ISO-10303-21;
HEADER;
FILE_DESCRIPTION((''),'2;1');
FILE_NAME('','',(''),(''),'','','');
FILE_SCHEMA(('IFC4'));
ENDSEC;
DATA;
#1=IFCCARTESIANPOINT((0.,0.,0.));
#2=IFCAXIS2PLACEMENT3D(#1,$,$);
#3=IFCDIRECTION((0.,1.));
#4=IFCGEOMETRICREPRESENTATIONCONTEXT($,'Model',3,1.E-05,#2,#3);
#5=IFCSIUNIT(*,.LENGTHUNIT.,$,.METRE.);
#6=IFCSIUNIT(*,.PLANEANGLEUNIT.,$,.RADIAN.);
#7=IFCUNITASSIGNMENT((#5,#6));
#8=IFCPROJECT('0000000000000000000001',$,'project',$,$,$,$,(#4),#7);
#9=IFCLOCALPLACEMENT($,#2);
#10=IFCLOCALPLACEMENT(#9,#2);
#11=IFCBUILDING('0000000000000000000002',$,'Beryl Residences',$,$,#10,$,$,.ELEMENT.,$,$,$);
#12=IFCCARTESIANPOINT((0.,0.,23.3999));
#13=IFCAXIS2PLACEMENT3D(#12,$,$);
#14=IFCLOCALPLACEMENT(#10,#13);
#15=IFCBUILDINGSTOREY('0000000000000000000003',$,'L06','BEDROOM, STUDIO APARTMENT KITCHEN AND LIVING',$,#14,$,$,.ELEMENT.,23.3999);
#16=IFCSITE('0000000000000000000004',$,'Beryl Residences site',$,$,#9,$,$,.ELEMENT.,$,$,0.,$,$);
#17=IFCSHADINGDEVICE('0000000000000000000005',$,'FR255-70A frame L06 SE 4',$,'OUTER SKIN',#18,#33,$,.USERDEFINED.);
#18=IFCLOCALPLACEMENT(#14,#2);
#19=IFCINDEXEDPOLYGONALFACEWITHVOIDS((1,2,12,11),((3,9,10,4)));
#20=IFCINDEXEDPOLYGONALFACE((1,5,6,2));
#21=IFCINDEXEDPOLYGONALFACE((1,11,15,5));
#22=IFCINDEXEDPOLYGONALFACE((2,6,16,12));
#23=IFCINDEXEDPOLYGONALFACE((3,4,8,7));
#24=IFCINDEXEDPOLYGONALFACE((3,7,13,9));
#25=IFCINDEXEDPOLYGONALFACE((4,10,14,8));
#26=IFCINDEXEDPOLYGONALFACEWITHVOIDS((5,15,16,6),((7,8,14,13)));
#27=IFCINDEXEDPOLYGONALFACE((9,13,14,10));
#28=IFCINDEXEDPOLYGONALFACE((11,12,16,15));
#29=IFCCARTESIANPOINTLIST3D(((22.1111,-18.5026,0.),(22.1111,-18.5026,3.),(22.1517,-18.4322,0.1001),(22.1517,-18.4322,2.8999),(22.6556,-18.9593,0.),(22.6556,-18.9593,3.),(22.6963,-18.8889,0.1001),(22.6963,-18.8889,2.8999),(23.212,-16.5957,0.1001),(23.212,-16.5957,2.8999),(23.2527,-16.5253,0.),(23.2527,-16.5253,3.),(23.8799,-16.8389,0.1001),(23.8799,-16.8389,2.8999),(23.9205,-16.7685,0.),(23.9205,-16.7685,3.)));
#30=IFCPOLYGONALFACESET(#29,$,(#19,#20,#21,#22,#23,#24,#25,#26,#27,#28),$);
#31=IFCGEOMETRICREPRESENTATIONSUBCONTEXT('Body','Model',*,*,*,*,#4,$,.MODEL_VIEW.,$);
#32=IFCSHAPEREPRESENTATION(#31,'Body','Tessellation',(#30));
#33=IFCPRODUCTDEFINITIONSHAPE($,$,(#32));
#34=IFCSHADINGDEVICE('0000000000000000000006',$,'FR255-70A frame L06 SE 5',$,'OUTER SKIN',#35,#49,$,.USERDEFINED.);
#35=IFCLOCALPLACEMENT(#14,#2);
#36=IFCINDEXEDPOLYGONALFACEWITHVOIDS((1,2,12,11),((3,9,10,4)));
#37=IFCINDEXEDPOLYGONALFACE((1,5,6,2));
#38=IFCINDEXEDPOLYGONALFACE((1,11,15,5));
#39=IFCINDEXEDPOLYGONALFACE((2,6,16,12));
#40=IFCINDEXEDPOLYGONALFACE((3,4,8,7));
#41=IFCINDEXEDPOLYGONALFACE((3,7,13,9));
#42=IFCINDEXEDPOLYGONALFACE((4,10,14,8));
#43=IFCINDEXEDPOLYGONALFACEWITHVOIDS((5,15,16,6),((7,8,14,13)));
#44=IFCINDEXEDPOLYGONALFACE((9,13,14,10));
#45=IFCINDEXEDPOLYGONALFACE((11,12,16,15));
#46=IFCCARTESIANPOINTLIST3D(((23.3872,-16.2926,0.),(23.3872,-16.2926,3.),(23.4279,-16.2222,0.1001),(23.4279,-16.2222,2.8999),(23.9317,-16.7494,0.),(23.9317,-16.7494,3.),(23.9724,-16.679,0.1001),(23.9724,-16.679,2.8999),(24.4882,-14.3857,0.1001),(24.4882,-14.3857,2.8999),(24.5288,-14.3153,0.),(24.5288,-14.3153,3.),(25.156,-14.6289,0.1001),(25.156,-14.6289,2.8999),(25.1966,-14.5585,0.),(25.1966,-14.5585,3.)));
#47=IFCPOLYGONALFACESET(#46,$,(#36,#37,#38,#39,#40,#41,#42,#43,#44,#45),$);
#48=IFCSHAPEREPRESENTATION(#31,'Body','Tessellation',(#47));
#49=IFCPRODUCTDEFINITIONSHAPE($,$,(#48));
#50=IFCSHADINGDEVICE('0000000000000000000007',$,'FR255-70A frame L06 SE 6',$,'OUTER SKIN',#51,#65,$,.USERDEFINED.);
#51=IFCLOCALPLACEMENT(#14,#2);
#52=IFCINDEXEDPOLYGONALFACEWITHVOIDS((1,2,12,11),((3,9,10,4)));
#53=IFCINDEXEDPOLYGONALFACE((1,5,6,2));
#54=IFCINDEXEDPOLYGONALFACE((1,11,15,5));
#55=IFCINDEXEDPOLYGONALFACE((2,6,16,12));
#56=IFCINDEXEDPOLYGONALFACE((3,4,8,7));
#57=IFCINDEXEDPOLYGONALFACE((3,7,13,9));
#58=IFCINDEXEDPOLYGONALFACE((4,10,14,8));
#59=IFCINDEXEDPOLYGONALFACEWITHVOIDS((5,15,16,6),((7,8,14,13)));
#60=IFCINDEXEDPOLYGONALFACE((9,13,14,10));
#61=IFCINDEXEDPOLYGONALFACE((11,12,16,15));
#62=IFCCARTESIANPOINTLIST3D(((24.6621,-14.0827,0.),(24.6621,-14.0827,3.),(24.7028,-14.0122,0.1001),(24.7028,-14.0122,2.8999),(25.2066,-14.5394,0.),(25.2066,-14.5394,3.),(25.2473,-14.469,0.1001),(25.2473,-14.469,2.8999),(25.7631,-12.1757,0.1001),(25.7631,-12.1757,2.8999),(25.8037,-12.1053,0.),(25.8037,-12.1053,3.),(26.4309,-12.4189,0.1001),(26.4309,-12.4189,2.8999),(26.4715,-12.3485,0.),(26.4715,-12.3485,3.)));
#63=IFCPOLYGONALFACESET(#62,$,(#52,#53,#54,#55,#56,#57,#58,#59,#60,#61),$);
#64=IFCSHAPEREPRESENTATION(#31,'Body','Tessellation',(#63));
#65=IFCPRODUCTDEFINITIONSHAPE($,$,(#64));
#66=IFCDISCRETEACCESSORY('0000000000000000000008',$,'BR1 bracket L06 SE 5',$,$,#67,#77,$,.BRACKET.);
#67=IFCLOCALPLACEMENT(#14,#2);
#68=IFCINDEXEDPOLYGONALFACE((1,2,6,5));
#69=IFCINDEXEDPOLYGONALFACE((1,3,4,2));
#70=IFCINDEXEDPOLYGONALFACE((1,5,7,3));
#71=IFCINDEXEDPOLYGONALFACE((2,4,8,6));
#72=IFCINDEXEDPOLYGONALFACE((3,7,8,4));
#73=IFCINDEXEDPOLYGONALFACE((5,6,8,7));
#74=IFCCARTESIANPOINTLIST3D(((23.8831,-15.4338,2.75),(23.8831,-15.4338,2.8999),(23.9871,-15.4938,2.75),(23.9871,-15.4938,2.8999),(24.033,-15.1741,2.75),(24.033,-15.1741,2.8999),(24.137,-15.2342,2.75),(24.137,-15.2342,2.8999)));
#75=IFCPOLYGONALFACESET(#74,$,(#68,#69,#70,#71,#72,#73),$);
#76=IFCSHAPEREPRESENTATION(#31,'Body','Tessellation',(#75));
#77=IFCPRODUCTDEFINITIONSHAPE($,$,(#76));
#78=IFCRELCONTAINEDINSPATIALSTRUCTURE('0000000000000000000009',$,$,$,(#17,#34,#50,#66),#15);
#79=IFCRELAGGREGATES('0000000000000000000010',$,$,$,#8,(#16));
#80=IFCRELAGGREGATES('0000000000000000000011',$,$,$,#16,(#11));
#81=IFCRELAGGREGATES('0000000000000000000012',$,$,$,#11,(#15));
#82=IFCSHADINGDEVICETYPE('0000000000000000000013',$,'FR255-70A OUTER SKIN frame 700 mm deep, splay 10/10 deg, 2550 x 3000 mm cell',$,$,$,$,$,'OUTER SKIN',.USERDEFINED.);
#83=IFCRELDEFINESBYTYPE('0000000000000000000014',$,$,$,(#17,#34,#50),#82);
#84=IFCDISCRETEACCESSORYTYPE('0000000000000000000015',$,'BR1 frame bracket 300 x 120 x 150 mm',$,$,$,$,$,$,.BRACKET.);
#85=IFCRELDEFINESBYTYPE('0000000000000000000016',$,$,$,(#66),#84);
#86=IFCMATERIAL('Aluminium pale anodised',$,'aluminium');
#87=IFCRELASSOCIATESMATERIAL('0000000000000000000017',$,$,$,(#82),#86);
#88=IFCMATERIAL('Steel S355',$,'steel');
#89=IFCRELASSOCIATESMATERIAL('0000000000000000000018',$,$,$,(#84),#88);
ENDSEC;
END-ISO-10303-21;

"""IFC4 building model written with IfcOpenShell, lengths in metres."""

from ifc_helpers import new_model, entity, si_unit, direction, frame, origin, place, context, subcontext, project, spatial, polyline, outline, extrude, source, transform, mapped, material, type_object, type_shapes, element, save


model = new_model("IFC4")

# Units and contexts
model_context = context("Model", 3, precision=1e-05, world=origin(), true_north=direction((0.0, 1.0)))
body_context = subcontext(model_context, "Body", "Model", "MODEL_VIEW")
ifc_project = project(units=[si_unit("LENGTHUNIT", "METRE"), si_unit("PLANEANGLEUNIT", "RADIAN")], contexts=[model_context])

# Site, building, storey
site_placement = place(None, origin())
site = spatial("IfcSite", under=ifc_project, at=site_placement, Name="Beryl Residences site", CompositionType="ELEMENT", RefElevation=0.0)
building_placement = place(site_placement, origin())
building = spatial("IfcBuilding", under=site, at=building_placement, Name="Beryl Residences", CompositionType="ELEMENT")
storey_placement = place(building_placement, frame((0.0, 0.0, 23.3999)))
storey = spatial("IfcBuildingStorey", under=building, at=storey_placement, Name="L06", Description="BEDROOM, STUDIO APARTMENT KITCHEN AND LIVING", CompositionType="ELEMENT", Elevation=23.3999)

# Shading devices
ifc_material_1 = material(Name="Aluminium pale anodised", Category="aluminium")
shading_device_type = type_object("IfcShadingDeviceType", Name="FR255-70A OUTER SKIN frame 700 mm deep, splay 10/10 deg, 2550 x 3000 mm cell", ElementType="OUTER SKIN", PredefinedType="USERDEFINED", material=ifc_material_1)
cartesian_point_1 = entity("IfcCartesianPoint", [-1.1416, 0.0])
cartesian_point_2 = entity("IfcCartesianPoint", [-1.0603, 0.1001])
cartesian_point_3 = entity("IfcCartesianPoint", [-1.2649, 0.0])
cartesian_point_4 = entity("IfcCartesianPoint", [-1.1836, 0.1001])
shared_shape_1 = source(origin(), body_context, "Body", "SweptSolid", [
    entity("IfcExtrudedAreaSolidTapered", entity("IfcArbitraryProfileDefWithVoids", "AREA", None, entity("IfcPolyline", [cartesian_point_1, entity("IfcCartesianPoint", [1.1416, 0.0]), entity("IfcCartesianPoint", [1.1416, 3.0]), entity("IfcCartesianPoint", [-1.1416, 3.0]), cartesian_point_1]), [entity("IfcPolyline", [cartesian_point_2, entity("IfcCartesianPoint", [1.0603, 0.1001]), entity("IfcCartesianPoint", [1.0603, 2.8999]), entity("IfcCartesianPoint", [-1.0603, 2.8999]), cartesian_point_2])]), entity("IfcAxis2Placement3D", entity("IfcCartesianPoint", [0.0, 0.0, 0.0]), entity("IfcDirection", [0.0, 1.0, 0.0]), entity("IfcDirection", [-1.0, 0.0, 0.0])), entity("IfcDirection", [0.0, 0.0, 1.0]), 0.7, entity("IfcArbitraryProfileDefWithVoids", "AREA", None, entity("IfcPolyline", [cartesian_point_3, entity("IfcCartesianPoint", [1.2649, 0.0]), entity("IfcCartesianPoint", [1.2649, 3.0]), entity("IfcCartesianPoint", [-1.2649, 3.0]), cartesian_point_3]), [entity("IfcPolyline", [cartesian_point_4, entity("IfcCartesianPoint", [1.1836, 0.1001]), entity("IfcCartesianPoint", [1.1836, 2.8999]), entity("IfcCartesianPoint", [-1.1836, 2.8999]), cartesian_point_4])])),
])
type_shapes(shading_device_type, [shared_shape_1])
for number, where, z_axis, x_axis, name in (
    (1, (22.6819, -17.5139, 0.0), (0.0, 0.0, 1.0), (-0.5, -0.866025, 0.0), "FR255-70A frame L06 SE 4"),
    (2, (23.958, -15.304, 0.0), (0.0, 0.0, 1.0), (-0.5, -0.866025, 0.0), "FR255-70A frame L06 SE 5"),
    (3, (25.2329, -13.094, 0.0), (0.0, 0.0, 1.0), (-0.5, -0.866025, 0.0), "FR255-70A frame L06 SE 6"),
):
    element("IfcShadingDevice", number, at=place(storey_placement, frame(where, z_axis=z_axis, x_axis=x_axis)), inside=storey, type_object=shading_device_type, Name=name, ObjectType="OUTER SKIN", PredefinedType="USERDEFINED", context=body_context, shape_type="MappedRepresentation", body=[
        mapped(shared_shape_1, transform((0.0, 0.0, 0.0))),
    ])

# Discrete accessory
ifc_material_2 = material(Name="Steel S355", Category="steel")
discrete_accessory_type = type_object("IfcDiscreteAccessoryType", Name="BR1 frame bracket 300 x 120 x 150 mm", PredefinedType="BRACKET", material=ifc_material_2)
shared_shape_2 = source(origin(), body_context, "Body", "SweptSolid", [
    extrude(outline(polyline([(-0.1499, 0.0), (0.1499, 0.0), (0.1499, 0.1201), (-0.1499, 0.1201), (-0.1499, 0.0)])), origin(), (0.0, 0.0, 1.0), 0.1499),
])
type_shapes(discrete_accessory_type, [shared_shape_2])
discrete_accessory_placement = place(storey_placement, frame((23.958, -15.304, 2.75), z_axis=(0.0, 0.0, 1.0), x_axis=(-0.5, -0.866025, 0.0)))
element("IfcDiscreteAccessory", 4, at=discrete_accessory_placement, inside=storey, type_object=discrete_accessory_type, Name="BR1 bracket L06 SE 5", PredefinedType="BRACKET", context=body_context, shape_type="MappedRepresentation", body=[
    mapped(shared_shape_2, transform((0.0, 0.0, 0.0))),
])

save(model, "model.ifc")
